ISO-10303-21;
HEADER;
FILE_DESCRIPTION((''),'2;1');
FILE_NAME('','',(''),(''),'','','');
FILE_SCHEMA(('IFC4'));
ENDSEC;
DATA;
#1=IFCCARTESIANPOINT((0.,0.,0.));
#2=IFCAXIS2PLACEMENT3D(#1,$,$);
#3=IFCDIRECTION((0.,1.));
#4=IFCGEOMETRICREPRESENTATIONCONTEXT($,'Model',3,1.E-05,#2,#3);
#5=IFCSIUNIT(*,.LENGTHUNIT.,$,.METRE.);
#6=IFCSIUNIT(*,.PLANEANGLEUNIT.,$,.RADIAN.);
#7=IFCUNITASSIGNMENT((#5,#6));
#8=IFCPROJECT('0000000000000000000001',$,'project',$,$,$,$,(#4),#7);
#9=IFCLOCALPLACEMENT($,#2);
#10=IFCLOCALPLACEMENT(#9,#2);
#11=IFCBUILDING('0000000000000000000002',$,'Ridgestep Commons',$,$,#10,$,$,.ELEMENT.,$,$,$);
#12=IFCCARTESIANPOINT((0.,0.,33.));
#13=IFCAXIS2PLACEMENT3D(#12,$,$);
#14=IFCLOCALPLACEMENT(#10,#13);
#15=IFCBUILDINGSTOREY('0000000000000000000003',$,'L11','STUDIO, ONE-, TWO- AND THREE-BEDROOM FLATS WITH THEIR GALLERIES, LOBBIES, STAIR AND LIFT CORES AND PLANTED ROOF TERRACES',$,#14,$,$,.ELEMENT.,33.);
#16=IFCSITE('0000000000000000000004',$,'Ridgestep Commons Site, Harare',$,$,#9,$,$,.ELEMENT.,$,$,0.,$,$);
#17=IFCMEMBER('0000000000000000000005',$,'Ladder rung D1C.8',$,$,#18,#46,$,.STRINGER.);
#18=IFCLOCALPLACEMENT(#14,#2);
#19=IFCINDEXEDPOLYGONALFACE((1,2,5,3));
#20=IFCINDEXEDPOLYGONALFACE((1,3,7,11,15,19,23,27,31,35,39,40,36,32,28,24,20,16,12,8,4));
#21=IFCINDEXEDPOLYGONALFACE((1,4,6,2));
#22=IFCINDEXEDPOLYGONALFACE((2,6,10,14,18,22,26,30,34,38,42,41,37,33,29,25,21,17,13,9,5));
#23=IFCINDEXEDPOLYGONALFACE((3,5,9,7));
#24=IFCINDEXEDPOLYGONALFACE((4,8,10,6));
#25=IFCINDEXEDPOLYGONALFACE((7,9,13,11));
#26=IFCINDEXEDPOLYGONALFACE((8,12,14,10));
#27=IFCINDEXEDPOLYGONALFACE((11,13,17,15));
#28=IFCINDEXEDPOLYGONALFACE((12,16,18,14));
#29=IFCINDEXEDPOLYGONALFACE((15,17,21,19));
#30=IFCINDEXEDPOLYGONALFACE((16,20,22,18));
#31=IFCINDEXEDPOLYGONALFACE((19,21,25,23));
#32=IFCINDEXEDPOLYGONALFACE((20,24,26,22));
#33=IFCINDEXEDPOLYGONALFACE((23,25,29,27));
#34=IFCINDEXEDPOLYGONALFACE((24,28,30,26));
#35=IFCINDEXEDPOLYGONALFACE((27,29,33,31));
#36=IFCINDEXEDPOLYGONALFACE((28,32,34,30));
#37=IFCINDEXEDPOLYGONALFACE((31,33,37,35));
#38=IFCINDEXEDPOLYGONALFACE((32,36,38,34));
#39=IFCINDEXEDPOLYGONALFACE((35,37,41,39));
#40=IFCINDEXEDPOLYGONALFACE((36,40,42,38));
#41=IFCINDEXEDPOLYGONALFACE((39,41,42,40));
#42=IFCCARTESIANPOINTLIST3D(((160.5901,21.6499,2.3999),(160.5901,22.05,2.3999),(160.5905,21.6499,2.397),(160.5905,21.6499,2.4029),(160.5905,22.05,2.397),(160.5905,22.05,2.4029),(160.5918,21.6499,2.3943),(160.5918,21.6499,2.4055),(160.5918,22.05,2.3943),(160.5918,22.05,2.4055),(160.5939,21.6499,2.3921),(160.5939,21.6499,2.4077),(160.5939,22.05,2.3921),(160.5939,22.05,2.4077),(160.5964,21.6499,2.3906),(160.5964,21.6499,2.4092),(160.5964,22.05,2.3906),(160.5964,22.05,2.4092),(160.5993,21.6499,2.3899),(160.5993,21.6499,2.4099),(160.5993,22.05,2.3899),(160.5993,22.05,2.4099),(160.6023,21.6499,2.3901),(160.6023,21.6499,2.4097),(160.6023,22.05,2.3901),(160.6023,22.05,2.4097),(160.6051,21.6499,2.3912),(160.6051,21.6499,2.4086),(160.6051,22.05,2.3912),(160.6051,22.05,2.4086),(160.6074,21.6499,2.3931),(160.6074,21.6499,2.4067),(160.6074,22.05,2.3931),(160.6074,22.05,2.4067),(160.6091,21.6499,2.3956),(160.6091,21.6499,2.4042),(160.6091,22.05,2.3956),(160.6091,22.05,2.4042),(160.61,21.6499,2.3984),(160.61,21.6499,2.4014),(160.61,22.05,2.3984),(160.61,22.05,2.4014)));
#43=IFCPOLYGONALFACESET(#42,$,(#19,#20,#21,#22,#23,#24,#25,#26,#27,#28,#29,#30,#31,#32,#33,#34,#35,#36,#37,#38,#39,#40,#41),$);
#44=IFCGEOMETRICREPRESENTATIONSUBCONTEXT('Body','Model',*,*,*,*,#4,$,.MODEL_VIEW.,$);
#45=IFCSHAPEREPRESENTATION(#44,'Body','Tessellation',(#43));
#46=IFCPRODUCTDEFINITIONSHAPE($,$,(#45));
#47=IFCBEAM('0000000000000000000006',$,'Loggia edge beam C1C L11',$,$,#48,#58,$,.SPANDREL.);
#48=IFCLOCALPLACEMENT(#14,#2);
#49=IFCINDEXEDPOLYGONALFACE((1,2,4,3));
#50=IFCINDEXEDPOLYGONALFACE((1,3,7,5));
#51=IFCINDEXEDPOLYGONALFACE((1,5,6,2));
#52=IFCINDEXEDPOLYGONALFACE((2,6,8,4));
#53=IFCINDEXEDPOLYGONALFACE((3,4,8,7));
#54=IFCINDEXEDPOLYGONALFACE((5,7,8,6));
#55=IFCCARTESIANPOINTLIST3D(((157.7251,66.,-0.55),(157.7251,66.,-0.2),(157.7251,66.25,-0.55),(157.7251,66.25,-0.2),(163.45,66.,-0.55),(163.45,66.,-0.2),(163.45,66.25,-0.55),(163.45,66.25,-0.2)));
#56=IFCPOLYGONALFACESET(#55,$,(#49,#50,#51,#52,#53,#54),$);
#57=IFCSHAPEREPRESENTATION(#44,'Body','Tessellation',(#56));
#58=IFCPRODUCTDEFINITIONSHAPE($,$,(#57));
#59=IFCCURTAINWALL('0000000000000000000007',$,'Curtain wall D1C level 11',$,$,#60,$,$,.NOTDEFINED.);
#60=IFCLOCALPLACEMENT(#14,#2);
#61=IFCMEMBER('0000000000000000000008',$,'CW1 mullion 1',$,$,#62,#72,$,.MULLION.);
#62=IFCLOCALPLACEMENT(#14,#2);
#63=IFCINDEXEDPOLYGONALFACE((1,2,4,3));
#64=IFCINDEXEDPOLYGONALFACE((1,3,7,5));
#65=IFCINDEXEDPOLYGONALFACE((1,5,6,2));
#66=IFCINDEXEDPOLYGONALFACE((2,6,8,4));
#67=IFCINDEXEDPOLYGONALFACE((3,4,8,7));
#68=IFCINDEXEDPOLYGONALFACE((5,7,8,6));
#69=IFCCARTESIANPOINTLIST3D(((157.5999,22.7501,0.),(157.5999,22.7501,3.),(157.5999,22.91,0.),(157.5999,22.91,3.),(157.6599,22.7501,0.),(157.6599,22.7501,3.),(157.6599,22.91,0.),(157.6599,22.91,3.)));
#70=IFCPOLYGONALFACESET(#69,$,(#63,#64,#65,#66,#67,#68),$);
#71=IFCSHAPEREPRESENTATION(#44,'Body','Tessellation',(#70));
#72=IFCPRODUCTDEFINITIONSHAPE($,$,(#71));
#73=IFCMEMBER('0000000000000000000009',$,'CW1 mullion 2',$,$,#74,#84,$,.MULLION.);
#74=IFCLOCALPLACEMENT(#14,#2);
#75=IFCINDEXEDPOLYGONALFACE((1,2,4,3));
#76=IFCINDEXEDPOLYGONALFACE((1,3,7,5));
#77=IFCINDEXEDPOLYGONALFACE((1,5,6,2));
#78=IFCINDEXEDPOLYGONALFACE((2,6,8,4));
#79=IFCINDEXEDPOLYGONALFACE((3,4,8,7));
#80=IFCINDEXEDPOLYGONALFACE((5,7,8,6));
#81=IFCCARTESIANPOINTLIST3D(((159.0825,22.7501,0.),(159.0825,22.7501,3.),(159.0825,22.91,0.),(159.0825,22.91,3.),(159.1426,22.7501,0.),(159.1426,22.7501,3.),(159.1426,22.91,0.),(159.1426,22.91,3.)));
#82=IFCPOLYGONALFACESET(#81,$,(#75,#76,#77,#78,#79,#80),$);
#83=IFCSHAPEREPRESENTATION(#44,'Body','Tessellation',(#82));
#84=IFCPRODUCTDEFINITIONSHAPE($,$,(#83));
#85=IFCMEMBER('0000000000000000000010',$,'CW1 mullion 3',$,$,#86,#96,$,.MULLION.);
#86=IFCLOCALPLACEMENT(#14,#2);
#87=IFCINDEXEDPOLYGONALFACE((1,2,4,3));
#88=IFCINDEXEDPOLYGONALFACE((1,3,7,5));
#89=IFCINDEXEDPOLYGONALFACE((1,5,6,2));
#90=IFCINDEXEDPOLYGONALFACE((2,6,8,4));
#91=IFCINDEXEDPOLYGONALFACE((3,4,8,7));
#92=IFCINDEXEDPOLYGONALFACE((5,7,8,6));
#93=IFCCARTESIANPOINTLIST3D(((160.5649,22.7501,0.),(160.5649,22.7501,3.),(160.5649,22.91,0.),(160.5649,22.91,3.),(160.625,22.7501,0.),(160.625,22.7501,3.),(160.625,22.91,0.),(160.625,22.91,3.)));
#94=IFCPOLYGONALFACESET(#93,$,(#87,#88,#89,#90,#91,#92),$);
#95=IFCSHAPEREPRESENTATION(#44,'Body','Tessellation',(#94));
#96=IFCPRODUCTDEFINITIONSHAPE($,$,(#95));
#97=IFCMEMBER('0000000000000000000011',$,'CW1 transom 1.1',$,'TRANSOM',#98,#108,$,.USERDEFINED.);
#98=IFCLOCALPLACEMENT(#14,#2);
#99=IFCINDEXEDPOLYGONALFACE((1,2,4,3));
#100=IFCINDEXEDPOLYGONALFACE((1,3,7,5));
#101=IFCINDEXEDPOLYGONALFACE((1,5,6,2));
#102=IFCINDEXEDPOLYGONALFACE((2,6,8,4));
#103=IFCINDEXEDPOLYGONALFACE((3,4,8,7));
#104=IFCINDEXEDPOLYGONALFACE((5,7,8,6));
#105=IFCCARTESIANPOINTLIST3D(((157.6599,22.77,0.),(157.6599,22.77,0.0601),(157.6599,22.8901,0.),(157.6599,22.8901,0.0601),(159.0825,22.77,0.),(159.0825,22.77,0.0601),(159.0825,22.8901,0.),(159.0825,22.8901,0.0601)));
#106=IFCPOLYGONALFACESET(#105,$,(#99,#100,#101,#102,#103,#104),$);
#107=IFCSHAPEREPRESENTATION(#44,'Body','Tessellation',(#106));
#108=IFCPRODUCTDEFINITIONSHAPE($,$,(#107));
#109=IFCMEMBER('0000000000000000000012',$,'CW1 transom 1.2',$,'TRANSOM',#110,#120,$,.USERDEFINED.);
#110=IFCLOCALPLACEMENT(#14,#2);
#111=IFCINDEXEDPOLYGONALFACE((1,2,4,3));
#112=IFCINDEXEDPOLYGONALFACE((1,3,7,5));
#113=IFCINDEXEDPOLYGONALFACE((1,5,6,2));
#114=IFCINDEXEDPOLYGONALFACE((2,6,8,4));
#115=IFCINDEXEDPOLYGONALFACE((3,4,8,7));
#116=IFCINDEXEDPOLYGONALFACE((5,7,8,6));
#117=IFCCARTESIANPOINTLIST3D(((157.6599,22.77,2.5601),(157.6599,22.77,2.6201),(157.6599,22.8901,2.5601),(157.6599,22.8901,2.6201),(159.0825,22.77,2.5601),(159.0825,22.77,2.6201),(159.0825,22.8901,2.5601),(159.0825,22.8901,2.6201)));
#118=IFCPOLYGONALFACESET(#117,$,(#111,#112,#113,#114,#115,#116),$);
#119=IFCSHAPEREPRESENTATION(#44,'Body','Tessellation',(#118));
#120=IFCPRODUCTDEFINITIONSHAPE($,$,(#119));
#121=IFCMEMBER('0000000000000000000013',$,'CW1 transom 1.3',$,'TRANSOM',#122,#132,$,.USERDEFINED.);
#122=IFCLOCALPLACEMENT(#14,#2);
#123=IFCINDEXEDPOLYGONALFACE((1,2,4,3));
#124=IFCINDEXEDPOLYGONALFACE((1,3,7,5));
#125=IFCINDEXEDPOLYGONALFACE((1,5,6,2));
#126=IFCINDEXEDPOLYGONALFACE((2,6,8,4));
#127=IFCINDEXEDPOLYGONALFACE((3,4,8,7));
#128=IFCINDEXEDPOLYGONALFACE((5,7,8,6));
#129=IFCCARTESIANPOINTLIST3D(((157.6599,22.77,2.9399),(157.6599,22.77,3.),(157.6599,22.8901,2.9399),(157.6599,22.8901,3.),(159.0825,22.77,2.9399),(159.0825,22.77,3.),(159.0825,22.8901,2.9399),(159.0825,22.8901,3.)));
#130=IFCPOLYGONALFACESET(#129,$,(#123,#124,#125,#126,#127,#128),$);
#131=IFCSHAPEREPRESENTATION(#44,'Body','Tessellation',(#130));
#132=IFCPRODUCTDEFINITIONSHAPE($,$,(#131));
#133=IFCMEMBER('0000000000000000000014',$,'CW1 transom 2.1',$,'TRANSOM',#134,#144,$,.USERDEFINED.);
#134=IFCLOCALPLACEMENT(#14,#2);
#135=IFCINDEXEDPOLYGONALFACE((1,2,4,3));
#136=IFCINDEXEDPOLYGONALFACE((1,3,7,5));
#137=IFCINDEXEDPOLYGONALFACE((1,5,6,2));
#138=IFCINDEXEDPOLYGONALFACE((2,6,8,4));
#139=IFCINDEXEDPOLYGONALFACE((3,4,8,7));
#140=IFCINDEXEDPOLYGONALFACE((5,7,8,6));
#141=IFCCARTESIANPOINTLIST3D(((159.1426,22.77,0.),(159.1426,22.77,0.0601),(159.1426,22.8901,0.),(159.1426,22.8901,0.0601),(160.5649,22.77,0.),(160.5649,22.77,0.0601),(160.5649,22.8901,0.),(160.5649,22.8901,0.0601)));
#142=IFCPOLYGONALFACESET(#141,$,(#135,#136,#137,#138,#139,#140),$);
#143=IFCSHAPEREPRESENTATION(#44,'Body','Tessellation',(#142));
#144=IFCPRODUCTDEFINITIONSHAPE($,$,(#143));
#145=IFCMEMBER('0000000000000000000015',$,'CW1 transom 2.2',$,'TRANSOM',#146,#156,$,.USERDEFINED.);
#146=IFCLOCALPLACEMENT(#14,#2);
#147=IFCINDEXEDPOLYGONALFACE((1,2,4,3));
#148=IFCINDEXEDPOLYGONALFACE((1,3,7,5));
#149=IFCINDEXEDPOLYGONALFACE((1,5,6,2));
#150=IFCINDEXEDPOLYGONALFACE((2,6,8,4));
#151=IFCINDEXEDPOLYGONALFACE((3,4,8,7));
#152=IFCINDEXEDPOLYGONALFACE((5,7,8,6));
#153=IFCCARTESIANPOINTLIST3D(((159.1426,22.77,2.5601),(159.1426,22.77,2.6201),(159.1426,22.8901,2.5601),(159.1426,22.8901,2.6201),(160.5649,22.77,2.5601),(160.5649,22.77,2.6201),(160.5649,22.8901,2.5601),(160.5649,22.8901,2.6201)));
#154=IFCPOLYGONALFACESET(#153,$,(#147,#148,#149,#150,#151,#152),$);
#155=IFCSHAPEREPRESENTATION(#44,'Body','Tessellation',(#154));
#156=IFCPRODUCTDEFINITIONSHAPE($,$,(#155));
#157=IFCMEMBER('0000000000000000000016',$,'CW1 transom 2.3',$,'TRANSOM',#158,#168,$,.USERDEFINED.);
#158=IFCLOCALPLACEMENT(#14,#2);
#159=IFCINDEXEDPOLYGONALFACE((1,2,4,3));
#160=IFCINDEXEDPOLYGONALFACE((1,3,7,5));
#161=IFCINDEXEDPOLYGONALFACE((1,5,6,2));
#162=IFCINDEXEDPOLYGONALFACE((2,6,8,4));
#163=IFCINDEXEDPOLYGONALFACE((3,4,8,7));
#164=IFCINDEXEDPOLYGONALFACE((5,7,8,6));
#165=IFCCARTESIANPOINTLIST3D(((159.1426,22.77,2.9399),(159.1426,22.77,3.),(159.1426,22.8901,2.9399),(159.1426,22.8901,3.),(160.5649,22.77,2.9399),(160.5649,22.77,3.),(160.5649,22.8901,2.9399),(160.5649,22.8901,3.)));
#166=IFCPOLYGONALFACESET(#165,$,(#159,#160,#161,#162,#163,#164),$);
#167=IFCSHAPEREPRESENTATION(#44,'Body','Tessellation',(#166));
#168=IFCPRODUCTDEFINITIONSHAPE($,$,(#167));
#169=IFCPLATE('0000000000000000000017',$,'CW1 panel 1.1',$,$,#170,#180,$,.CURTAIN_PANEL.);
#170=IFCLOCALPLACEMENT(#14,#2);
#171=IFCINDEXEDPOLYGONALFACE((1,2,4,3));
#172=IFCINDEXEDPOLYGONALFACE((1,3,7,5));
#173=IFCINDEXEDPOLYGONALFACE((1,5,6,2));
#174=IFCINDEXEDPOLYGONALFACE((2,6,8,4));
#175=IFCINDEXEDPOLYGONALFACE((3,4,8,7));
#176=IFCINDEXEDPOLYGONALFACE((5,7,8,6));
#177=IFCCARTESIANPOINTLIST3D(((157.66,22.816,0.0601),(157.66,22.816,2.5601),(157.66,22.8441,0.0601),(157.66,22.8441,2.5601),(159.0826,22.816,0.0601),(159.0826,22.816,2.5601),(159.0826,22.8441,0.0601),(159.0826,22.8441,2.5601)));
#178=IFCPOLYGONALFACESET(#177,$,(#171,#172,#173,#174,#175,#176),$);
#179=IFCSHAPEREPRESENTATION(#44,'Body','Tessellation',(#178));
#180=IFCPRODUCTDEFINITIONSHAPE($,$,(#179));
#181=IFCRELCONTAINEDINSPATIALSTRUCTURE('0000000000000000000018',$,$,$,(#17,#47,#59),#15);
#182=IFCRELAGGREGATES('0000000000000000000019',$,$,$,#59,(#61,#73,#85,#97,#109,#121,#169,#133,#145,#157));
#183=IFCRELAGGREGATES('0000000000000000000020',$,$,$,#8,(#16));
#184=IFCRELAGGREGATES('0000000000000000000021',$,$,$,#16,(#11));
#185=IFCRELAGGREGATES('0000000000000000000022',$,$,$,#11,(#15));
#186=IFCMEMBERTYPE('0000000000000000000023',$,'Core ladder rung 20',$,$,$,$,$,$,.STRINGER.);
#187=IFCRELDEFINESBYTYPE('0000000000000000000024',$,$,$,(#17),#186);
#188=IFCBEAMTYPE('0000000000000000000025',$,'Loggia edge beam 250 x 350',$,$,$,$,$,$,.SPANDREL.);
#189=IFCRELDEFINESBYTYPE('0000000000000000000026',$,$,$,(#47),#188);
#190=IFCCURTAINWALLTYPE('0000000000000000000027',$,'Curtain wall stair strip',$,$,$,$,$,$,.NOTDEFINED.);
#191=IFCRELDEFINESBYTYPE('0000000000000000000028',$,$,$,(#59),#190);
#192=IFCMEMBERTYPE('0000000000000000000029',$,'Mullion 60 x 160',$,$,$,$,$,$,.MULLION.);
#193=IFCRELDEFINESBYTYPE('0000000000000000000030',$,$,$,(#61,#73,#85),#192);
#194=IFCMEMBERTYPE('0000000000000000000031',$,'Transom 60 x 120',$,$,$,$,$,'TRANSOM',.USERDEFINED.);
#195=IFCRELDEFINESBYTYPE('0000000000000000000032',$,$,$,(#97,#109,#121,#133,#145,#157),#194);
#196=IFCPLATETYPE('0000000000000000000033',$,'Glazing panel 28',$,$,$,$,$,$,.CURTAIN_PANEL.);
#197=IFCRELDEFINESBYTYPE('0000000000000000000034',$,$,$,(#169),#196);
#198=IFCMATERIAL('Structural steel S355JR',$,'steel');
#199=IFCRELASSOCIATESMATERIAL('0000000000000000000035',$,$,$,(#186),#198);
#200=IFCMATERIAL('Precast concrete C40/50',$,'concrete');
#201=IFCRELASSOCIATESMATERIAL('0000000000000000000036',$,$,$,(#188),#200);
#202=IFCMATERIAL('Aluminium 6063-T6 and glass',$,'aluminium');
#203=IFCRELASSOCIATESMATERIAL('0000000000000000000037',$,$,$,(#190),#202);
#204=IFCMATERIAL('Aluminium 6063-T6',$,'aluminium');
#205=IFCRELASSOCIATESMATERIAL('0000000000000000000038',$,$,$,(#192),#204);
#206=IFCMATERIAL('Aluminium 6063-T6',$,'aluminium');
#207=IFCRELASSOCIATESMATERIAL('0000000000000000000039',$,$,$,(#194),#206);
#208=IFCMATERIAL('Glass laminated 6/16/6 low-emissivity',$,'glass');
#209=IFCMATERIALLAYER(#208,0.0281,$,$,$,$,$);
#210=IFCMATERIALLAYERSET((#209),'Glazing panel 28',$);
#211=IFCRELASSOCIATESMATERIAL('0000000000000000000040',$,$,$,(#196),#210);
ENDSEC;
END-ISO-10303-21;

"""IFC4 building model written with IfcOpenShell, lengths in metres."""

from ifc_helpers import new_model, si_unit, direction, frame, origin, origin_2d, place, context, subcontext, project, spatial, rectangle, circle, extrude, material, layer, layer_set, material_profile, profile_set, type_object, element, aggregate, save


model = new_model("IFC4")

# Units and contexts
model_context = context("Model", 3, precision=1e-05, world=origin(), true_north=direction((0.0, 1.0)))
body_context = subcontext(model_context, "Body", "Model", "MODEL_VIEW")
ifc_project = project(units=[si_unit("LENGTHUNIT", "METRE"), si_unit("PLANEANGLEUNIT", "RADIAN")], contexts=[model_context])

# Site, building, storey
site_placement = place(None, origin())
site = spatial("IfcSite", under=ifc_project, at=site_placement, Name="Ridgestep Commons Site, Harare", CompositionType="ELEMENT", RefElevation=0.0)
building_placement = place(site_placement, origin())
building = spatial("IfcBuilding", under=site, at=building_placement, Name="Ridgestep Commons", CompositionType="ELEMENT")
storey_placement = place(building_placement, frame((0.0, 0.0, 33.0)))
storey = spatial("IfcBuildingStorey", under=building, at=storey_placement, Name="L11", Description="STUDIO, ONE-, TWO- AND THREE-BEDROOM FLATS WITH THEIR GALLERIES, LOBBIES, STAIR AND LIFT CORES AND PLANTED ROOF TERRACES", CompositionType="ELEMENT", Elevation=33.0)

# Member
ifc_material_1 = material(Name="Structural steel S355JR", Category="steel")
ifc_material_profile_1 = material_profile(ifc_material_1, circle(Radius=0.01, at=origin_2d()), Name="Round bar 20")
ifc_profile_set_1 = profile_set([ifc_material_profile_1], Name="Structural steel S355JR")
member_type_1 = type_object("IfcMemberType", Name="Core ladder rung 20", PredefinedType="STRINGER", material=ifc_profile_set_1)
for number, where, z_axis, x_axis, name in (
    (1, (160.6001, 21.6499, 2.3999), (0.0, 1.0, 0.0), (-1.0, 0.0, 0.0), "Ladder rung D1C.8"),
):
    element("IfcMember", number, at=place(storey_placement, frame(where, z_axis=z_axis, x_axis=x_axis)), inside=storey, type_object=member_type_1, Name=name, PredefinedType="STRINGER", context=body_context, shape_type="SweptSolid", body=[
        extrude(circle(Radius=0.01, at=origin_2d()), origin(), (0.0, 0.0, 1.0), 0.4001),
    ])

# Beam
ifc_material_2 = material(Name="Precast concrete C40/50", Category="concrete")
ifc_material_profile_2 = material_profile(ifc_material_2, rectangle(XDim=0.25, YDim=0.3501, at=origin_2d()), Name="PC 250x350")
ifc_profile_set_2 = profile_set([ifc_material_profile_2], Name="Precast concrete C40/50")
beam_type = type_object("IfcBeamType", Name="Loggia edge beam 250 x 350", PredefinedType="SPANDREL", material=ifc_profile_set_2)
beam_placement = place(storey_placement, frame((157.7251, 66.125, -0.375), z_axis=(1.0, 0.0, 0.0), x_axis=(0.0, 1.0, 0.0)))
element("IfcBeam", 2, at=beam_placement, inside=storey, type_object=beam_type, Name="Loggia edge beam C1C L11", PredefinedType="SPANDREL", context=body_context, shape_type="SweptSolid", body=[
    extrude(rectangle(XDim=0.25, YDim=0.3501, at=origin_2d()), origin(), (0.0, 0.0, 1.0), 5.7249),
])

# Curtain wall, members, plate
ifc_material_3 = material(Name="Aluminium 6063-T6 and glass", Category="aluminium")
curtain_wall_type = type_object("IfcCurtainWallType", Name="Curtain wall stair strip", PredefinedType="NOTDEFINED", material=ifc_material_3)
curtain_wall_placement = place(storey_placement, origin())
curtain_wall = element("IfcCurtainWall", 3, at=curtain_wall_placement, inside=storey, type_object=curtain_wall_type, Name="Curtain wall D1C level 11", PredefinedType="NOTDEFINED")
ifc_material_4 = material(Name="Aluminium 6063-T6", Category="aluminium")
ifc_material_profile_3 = material_profile(ifc_material_4, rectangle(XDim=0.1599, YDim=0.0601, at=origin_2d()), Name="Mullion 60 x 160")
ifc_profile_set_3 = profile_set([ifc_material_profile_3], Name="Aluminium 6063-T6")
member_type_2 = type_object("IfcMemberType", Name="Mullion 60 x 160", PredefinedType="MULLION", material=ifc_profile_set_3)
member_1_placement = place(storey_placement, frame((157.6299, 22.8301, 0.0), z_axis=(0.0, 0.0, 1.0), x_axis=(0.0, 1.0, 0.0)))
member_1 = element("IfcMember", 4, at=member_1_placement, type_object=member_type_2, Name="CW1 mullion 1", PredefinedType="MULLION", context=body_context, shape_type="SweptSolid", body=[
    extrude(rectangle(XDim=0.1599, YDim=0.0601, at=origin_2d()), origin(), (0.0, 0.0, 1.0), 3.0),
])
member_2_placement = place(storey_placement, frame((159.1125, 22.8301, 0.0), z_axis=(0.0, 0.0, 1.0), x_axis=(0.0, 1.0, 0.0)))
member_2 = element("IfcMember", 5, at=member_2_placement, type_object=member_type_2, Name="CW1 mullion 2", PredefinedType="MULLION", context=body_context, shape_type="SweptSolid", body=[
    extrude(rectangle(XDim=0.1599, YDim=0.0601, at=origin_2d()), origin(), (0.0, 0.0, 1.0), 3.0),
])
member_3_placement = place(storey_placement, frame((160.595, 22.8301, 0.0), z_axis=(0.0, 0.0, 1.0), x_axis=(0.0, 1.0, 0.0)))
member_3 = element("IfcMember", 6, at=member_3_placement, type_object=member_type_2, Name="CW1 mullion 3", PredefinedType="MULLION", context=body_context, shape_type="SweptSolid", body=[
    extrude(rectangle(XDim=0.1599, YDim=0.0601, at=origin_2d()), origin(), (0.0, 0.0, 1.0), 3.0),
])
ifc_material_5 = material(Name="Aluminium 6063-T6", Category="aluminium")
ifc_material_profile_4 = material_profile(ifc_material_5, rectangle(XDim=0.1201, YDim=0.0601, at=origin_2d()), Name="Transom 60 x 120")
ifc_profile_set_4 = profile_set([ifc_material_profile_4], Name="Aluminium 6063-T6")
member_type_3 = type_object("IfcMemberType", Name="Transom 60 x 120", ElementType="TRANSOM", PredefinedType="USERDEFINED", material=ifc_profile_set_4)
member_4_placement = place(storey_placement, frame((157.6599, 22.8301, 0.03), z_axis=(1.0, 0.0, 0.0), x_axis=(0.0, 1.0, 0.0)))
member_4 = element("IfcMember", 7, at=member_4_placement, type_object=member_type_3, Name="CW1 transom 1.1", ObjectType="TRANSOM", PredefinedType="USERDEFINED", context=body_context, shape_type="SweptSolid", body=[
    extrude(rectangle(XDim=0.1201, YDim=0.0601, at=origin_2d()), origin(), (0.0, 0.0, 1.0), 1.4226),
])
member_5_placement = place(storey_placement, frame((157.6599, 22.8301, 2.5901), z_axis=(1.0, 0.0, 0.0), x_axis=(0.0, 1.0, 0.0)))
member_5 = element("IfcMember", 8, at=member_5_placement, type_object=member_type_3, Name="CW1 transom 1.2", ObjectType="TRANSOM", PredefinedType="USERDEFINED", context=body_context, shape_type="SweptSolid", body=[
    extrude(rectangle(XDim=0.1201, YDim=0.0601, at=origin_2d()), origin(), (0.0, 0.0, 1.0), 1.4226),
])
member_6_placement = place(storey_placement, frame((157.6599, 22.8301, 2.97), z_axis=(1.0, 0.0, 0.0), x_axis=(0.0, 1.0, 0.0)))
member_6 = element("IfcMember", 9, at=member_6_placement, type_object=member_type_3, Name="CW1 transom 1.3", ObjectType="TRANSOM", PredefinedType="USERDEFINED", context=body_context, shape_type="SweptSolid", body=[
    extrude(rectangle(XDim=0.1201, YDim=0.0601, at=origin_2d()), origin(), (0.0, 0.0, 1.0), 1.4226),
])
member_7_placement = place(storey_placement, frame((159.1426, 22.8301, 0.03), z_axis=(1.0, 0.0, 0.0), x_axis=(0.0, 1.0, 0.0)))
member_7 = element("IfcMember", 10, at=member_7_placement, type_object=member_type_3, Name="CW1 transom 2.1", ObjectType="TRANSOM", PredefinedType="USERDEFINED", context=body_context, shape_type="SweptSolid", body=[
    extrude(rectangle(XDim=0.1201, YDim=0.0601, at=origin_2d()), origin(), (0.0, 0.0, 1.0), 1.4224),
])
member_8_placement = place(storey_placement, frame((159.1426, 22.8301, 2.5901), z_axis=(1.0, 0.0, 0.0), x_axis=(0.0, 1.0, 0.0)))
member_8 = element("IfcMember", 11, at=member_8_placement, type_object=member_type_3, Name="CW1 transom 2.2", ObjectType="TRANSOM", PredefinedType="USERDEFINED", context=body_context, shape_type="SweptSolid", body=[
    extrude(rectangle(XDim=0.1201, YDim=0.0601, at=origin_2d()), origin(), (0.0, 0.0, 1.0), 1.4224),
])
member_9_placement = place(storey_placement, frame((159.1426, 22.8301, 2.97), z_axis=(1.0, 0.0, 0.0), x_axis=(0.0, 1.0, 0.0)))
member_9 = element("IfcMember", 12, at=member_9_placement, type_object=member_type_3, Name="CW1 transom 2.3", ObjectType="TRANSOM", PredefinedType="USERDEFINED", context=body_context, shape_type="SweptSolid", body=[
    extrude(rectangle(XDim=0.1201, YDim=0.0601, at=origin_2d()), origin(), (0.0, 0.0, 1.0), 1.4224),
])
ifc_material_6 = material(Name="Glass laminated 6/16/6 low-emissivity", Category="glass")
ifc_layer_1 = layer(ifc_material_6, 0.0281)
ifc_layer_set_1 = layer_set([ifc_layer_1], Name="Glazing panel 28")
plate_type_1 = type_object("IfcPlateType", Name="Glazing panel 28", PredefinedType="CURTAIN_PANEL", material=ifc_layer_set_1)
plate_1_placement = place(storey_placement, frame((158.3713, 22.8301, 0.0601), z_axis=(0.0, 0.0, 1.0), x_axis=(1.0, 0.0, 0.0)))
plate_1 = element("IfcPlate", 13, at=plate_1_placement, type_object=plate_type_1, Name="CW1 panel 1.1", PredefinedType="CURTAIN_PANEL", context=body_context, shape_type="SweptSolid", body=[
    extrude(rectangle(XDim=1.4226, YDim=0.0281, at=origin_2d()), origin(), (0.0, 0.0, 1.0), 2.5),
])
aggregate(curtain_wall, [member_1, member_2, member_3, member_4, member_5, member_6, plate_1, member_7, member_8, member_9])

save(model, "model.ifc")
